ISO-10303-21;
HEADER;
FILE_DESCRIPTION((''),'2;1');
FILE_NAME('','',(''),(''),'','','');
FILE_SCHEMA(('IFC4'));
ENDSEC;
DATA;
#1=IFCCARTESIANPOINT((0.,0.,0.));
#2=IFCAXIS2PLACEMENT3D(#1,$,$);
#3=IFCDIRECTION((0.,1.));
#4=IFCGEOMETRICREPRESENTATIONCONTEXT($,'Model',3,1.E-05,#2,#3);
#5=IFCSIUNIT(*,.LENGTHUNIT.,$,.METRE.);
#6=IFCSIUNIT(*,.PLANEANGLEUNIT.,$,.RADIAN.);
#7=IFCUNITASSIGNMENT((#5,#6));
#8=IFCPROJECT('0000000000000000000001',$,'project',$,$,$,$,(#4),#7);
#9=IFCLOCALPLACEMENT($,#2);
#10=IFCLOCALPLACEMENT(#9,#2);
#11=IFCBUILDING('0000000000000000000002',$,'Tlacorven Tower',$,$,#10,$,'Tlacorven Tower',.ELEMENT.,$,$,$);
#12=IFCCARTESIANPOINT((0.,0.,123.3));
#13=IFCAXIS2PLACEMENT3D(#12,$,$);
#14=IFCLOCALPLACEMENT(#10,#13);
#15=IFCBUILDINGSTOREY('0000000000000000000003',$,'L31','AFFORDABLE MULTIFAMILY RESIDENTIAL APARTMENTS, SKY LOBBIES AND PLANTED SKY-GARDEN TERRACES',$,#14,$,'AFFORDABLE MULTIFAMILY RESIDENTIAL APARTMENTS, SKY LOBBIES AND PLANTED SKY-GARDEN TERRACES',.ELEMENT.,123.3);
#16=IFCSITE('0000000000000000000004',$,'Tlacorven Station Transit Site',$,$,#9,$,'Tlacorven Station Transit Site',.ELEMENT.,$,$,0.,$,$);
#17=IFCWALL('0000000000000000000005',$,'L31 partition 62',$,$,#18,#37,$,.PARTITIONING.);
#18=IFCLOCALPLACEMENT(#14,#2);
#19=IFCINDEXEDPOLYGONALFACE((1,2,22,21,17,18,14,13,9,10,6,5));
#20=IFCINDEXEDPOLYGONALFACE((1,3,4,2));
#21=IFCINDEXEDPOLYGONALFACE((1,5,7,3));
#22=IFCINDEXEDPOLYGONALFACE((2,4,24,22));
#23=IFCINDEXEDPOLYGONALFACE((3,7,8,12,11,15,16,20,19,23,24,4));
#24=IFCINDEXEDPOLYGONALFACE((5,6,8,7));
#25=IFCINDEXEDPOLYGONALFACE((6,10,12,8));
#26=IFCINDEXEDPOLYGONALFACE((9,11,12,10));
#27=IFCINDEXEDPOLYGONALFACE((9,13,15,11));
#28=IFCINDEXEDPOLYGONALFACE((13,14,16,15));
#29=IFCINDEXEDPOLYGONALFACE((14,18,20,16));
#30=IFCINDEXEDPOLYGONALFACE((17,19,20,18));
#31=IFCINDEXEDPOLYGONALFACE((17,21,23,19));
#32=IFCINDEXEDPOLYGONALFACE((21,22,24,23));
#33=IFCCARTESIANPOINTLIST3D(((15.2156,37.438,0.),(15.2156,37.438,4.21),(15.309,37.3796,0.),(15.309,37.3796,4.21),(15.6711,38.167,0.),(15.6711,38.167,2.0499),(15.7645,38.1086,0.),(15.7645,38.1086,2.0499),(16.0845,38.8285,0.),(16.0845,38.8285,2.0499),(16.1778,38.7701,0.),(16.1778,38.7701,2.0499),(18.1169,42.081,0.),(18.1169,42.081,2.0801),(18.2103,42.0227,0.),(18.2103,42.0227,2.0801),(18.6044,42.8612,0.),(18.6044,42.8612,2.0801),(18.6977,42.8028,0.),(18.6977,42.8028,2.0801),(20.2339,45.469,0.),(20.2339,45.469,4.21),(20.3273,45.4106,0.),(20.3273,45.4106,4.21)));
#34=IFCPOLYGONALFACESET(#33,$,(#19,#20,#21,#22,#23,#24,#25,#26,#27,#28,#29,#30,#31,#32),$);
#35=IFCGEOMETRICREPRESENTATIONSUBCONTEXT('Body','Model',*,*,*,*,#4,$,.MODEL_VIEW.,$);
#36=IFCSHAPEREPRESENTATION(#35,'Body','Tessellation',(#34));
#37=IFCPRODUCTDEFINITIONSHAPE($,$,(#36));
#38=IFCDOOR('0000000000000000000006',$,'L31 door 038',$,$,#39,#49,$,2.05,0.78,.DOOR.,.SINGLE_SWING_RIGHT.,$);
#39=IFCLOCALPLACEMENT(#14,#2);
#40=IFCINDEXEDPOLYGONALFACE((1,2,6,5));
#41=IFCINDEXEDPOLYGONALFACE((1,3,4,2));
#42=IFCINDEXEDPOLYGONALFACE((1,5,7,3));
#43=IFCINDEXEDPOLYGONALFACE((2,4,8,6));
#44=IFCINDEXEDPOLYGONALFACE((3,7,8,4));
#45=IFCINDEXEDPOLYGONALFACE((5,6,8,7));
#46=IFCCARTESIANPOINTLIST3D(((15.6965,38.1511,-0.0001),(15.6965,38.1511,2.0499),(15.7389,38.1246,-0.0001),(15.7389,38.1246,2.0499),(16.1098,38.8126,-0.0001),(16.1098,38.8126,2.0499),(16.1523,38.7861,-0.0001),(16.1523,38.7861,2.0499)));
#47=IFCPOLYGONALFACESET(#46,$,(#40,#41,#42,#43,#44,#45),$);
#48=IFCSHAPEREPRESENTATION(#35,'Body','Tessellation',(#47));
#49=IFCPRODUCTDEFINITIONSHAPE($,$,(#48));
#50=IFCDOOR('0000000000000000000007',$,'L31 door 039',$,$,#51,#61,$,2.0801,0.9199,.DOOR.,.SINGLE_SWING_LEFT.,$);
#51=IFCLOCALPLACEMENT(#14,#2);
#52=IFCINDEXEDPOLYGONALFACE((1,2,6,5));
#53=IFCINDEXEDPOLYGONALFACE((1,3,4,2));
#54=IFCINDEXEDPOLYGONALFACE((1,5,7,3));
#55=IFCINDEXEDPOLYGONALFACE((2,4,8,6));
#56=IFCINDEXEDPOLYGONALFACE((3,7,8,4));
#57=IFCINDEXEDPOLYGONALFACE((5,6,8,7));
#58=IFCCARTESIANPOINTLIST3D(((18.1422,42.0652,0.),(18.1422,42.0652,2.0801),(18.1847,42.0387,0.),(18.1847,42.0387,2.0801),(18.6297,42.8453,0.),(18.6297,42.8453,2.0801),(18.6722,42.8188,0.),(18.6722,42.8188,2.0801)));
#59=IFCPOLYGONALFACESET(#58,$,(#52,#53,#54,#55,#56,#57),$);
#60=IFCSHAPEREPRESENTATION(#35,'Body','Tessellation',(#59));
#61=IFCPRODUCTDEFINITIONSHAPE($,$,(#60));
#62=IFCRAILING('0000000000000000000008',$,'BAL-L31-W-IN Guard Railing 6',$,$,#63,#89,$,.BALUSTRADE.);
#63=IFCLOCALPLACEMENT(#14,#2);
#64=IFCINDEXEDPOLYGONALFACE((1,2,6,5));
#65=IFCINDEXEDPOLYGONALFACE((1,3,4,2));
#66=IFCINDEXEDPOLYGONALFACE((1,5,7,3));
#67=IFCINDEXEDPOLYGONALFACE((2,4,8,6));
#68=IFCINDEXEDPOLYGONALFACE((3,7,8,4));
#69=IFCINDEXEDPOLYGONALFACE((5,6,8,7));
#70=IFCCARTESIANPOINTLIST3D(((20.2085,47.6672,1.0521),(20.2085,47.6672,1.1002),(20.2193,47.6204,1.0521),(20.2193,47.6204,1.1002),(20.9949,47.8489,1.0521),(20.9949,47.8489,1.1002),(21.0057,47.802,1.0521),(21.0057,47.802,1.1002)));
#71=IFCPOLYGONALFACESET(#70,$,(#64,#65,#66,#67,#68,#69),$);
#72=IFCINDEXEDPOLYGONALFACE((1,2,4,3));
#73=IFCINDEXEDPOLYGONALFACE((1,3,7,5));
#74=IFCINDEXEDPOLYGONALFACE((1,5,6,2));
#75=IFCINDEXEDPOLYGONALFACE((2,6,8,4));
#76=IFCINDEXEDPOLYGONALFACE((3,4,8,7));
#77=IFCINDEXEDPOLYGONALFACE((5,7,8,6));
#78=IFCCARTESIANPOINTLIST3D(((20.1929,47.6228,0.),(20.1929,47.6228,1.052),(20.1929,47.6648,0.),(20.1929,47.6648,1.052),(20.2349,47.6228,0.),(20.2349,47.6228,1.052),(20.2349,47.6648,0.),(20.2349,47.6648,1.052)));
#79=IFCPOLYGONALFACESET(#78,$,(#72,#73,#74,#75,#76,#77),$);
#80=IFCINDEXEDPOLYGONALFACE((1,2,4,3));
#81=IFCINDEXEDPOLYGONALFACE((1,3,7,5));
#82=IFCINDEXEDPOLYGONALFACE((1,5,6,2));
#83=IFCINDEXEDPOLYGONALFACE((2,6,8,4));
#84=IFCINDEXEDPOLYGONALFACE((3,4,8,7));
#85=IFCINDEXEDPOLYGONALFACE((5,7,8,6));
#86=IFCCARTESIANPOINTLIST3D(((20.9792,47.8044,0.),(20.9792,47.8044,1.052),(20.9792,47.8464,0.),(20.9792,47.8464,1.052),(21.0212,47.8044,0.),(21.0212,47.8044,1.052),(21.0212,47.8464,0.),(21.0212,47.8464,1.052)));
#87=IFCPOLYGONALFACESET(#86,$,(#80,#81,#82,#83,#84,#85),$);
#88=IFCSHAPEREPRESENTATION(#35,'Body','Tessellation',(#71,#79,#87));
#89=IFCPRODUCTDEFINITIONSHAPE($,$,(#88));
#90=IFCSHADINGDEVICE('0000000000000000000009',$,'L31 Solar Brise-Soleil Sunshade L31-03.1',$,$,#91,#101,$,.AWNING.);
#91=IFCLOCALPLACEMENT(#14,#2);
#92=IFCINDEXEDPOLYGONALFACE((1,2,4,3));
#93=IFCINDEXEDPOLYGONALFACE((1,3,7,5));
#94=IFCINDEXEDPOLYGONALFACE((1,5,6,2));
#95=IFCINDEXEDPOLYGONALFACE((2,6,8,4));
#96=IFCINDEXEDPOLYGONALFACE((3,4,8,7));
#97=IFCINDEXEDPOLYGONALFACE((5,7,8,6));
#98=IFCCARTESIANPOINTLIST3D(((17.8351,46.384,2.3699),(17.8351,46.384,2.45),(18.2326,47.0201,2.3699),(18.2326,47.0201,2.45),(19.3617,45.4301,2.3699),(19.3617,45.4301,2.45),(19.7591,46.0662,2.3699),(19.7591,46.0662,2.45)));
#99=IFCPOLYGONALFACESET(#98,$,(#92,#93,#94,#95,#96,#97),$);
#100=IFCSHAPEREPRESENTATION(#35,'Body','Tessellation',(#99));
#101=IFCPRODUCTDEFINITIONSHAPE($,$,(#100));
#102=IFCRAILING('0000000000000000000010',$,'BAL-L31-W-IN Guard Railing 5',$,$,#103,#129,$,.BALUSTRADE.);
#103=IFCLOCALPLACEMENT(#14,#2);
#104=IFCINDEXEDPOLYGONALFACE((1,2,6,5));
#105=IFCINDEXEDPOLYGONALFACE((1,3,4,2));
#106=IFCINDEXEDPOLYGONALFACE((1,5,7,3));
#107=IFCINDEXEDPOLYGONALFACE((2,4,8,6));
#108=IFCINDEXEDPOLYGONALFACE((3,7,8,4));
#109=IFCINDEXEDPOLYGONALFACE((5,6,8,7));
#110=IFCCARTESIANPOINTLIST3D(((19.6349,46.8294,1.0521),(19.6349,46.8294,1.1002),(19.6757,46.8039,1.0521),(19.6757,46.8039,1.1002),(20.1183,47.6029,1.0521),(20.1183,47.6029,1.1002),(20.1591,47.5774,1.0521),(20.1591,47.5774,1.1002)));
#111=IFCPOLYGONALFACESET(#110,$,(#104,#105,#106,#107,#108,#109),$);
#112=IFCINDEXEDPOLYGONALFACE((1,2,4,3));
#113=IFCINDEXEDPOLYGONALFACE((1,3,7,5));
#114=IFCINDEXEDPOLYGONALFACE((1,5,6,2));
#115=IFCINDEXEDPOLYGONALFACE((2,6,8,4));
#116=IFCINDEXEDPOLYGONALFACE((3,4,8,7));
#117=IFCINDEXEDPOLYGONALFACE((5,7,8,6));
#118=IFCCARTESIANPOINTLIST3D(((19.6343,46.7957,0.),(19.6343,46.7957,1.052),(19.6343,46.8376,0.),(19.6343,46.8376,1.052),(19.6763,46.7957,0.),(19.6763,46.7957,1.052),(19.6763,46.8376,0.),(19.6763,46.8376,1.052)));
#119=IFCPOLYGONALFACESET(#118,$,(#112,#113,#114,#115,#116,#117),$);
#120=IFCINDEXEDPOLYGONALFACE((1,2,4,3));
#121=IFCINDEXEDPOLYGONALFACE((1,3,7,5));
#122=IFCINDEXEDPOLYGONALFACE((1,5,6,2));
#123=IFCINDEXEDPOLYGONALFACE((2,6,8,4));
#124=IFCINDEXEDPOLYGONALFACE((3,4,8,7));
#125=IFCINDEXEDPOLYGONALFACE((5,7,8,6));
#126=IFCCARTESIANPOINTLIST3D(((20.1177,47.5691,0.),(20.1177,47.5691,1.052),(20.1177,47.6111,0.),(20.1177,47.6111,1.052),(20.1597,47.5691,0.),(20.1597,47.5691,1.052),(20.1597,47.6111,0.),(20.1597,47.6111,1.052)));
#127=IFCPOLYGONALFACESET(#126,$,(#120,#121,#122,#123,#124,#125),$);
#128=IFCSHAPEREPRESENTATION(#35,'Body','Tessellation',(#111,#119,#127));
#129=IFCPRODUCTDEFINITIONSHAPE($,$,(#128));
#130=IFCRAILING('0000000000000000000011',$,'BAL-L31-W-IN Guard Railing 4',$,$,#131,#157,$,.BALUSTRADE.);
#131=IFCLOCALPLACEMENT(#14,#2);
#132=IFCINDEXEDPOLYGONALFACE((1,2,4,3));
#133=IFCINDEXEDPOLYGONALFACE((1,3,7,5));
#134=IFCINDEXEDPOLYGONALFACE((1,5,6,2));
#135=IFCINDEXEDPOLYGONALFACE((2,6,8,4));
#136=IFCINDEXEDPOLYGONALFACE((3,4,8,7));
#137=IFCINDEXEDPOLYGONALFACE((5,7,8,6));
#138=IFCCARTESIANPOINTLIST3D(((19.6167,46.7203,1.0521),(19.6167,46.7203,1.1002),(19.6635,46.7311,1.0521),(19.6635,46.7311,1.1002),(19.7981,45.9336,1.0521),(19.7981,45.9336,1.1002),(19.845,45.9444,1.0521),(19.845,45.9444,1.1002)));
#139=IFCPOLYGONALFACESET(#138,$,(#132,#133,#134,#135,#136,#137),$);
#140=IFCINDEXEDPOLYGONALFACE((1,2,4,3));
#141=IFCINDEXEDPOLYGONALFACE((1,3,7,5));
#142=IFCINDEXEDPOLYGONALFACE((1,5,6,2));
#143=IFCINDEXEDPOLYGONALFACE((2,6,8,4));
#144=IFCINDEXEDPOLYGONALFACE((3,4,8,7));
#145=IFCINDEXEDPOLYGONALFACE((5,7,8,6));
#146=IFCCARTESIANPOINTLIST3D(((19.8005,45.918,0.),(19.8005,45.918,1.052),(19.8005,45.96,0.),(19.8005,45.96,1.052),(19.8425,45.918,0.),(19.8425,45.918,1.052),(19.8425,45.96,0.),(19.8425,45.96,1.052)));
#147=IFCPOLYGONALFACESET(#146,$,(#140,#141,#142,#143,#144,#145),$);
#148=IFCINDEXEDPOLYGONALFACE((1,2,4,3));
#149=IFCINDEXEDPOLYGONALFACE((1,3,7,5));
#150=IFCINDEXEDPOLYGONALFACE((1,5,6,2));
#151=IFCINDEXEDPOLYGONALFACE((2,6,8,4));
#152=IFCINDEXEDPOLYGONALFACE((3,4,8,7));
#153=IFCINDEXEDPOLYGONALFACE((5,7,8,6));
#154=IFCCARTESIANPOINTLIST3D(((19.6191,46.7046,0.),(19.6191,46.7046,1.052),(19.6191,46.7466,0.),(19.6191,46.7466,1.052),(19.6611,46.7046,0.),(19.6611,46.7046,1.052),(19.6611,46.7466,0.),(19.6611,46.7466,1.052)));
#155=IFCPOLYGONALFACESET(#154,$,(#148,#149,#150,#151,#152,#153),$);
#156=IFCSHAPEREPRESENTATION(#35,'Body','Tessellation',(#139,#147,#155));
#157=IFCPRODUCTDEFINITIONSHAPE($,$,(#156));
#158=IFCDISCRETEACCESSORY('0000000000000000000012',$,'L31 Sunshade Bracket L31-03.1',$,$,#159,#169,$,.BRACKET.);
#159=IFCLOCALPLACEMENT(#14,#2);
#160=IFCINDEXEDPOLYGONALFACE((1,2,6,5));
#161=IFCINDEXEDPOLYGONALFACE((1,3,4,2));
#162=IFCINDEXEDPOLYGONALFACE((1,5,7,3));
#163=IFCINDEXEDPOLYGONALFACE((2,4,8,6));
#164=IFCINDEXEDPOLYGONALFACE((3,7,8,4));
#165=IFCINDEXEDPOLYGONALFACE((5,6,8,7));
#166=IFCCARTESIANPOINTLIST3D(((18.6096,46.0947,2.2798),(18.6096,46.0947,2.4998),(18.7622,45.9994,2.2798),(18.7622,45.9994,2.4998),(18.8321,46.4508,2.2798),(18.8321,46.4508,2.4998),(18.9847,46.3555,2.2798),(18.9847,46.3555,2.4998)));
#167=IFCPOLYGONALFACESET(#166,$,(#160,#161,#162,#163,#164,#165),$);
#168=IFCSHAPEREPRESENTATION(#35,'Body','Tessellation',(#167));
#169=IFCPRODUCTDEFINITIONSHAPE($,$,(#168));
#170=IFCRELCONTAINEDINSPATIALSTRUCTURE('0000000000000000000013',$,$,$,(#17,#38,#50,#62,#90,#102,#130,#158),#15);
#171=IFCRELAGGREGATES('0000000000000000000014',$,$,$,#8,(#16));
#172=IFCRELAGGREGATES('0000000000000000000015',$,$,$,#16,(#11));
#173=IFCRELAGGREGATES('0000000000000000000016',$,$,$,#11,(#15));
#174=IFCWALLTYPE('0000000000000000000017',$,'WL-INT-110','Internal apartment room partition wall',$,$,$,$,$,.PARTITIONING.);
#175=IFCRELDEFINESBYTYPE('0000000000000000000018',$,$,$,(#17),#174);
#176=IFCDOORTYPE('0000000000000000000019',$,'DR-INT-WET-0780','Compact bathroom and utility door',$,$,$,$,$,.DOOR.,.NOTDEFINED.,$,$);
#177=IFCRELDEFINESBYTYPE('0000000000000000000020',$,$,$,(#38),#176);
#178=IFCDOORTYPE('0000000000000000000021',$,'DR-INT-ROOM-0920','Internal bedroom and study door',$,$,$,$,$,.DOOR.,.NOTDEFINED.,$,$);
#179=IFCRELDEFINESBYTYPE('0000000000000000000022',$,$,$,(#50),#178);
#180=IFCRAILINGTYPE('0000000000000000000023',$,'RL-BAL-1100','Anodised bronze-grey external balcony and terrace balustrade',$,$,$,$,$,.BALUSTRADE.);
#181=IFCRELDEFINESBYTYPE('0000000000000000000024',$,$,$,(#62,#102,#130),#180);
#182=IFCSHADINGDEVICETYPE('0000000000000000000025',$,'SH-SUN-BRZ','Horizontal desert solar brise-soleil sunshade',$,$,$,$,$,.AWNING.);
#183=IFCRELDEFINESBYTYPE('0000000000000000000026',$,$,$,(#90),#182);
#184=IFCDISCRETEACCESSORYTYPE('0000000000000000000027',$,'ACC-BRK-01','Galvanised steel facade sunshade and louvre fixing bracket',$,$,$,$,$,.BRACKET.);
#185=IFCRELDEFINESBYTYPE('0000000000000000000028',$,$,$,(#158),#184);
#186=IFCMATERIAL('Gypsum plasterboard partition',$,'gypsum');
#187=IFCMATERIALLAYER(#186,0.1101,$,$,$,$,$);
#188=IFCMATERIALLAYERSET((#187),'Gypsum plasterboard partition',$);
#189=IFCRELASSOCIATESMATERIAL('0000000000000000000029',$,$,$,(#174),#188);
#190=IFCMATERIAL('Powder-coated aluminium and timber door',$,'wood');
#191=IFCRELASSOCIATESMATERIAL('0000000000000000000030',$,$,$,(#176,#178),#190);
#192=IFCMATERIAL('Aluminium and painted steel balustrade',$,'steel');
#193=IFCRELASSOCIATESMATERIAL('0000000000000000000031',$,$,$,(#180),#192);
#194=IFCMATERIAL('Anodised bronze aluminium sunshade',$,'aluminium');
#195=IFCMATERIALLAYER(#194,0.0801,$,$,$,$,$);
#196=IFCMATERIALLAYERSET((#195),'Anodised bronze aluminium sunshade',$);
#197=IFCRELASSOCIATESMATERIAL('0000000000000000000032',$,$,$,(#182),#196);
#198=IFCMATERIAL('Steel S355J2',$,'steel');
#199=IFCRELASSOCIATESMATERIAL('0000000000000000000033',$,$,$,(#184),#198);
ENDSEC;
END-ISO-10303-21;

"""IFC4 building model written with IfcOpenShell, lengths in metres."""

from ifc_helpers import new_model, si_unit, direction, frame, frame_2d, origin, origin_2d, place, context, subcontext, project, spatial, rectangle, extrude, source, transform, mapped, material, layer, layer_set, type_object, element, fill, save


model = new_model("IFC4")

# Units and contexts
model_context = context("Model", 3, precision=1e-05, world=origin(), true_north=direction((0.0, 1.0)))
body_context = subcontext(model_context, "Body", "Model", "MODEL_VIEW")
ifc_project = project(units=[si_unit("LENGTHUNIT", "METRE"), si_unit("PLANEANGLEUNIT", "RADIAN")], contexts=[model_context])

# Site, building, storey
site_placement = place(None, origin())
site = spatial("IfcSite", under=ifc_project, at=site_placement, Name="Tlacorven Station Transit Site", LongName="Tlacorven Station Transit Site", CompositionType="ELEMENT", RefElevation=0.0)
building_placement = place(site_placement, origin())
building = spatial("IfcBuilding", under=site, at=building_placement, Name="Tlacorven Tower", LongName="Tlacorven Tower", CompositionType="ELEMENT")
storey_placement = place(building_placement, frame((0.0, 0.0, 123.3)))
storey = spatial("IfcBuildingStorey", under=building, at=storey_placement, Name="L31", Description="AFFORDABLE MULTIFAMILY RESIDENTIAL APARTMENTS, SKY LOBBIES AND PLANTED SKY-GARDEN TERRACES", LongName="AFFORDABLE MULTIFAMILY RESIDENTIAL APARTMENTS, SKY LOBBIES AND PLANTED SKY-GARDEN TERRACES", CompositionType="ELEMENT", Elevation=123.3)

# Shared definitions
ifc_material_1 = material(Name="Steel S355J2", Category="steel")

# Shared definitions
ifc_material_2 = material(Name="Powder-coated aluminium and timber door", Category="wood")

# Wall, openings, doors
ifc_material_3 = material(Name="Gypsum plasterboard partition", Category="gypsum")
ifc_layer_1 = layer(ifc_material_3, 0.1101)
ifc_layer_set_1 = layer_set([ifc_layer_1], Name="Gypsum plasterboard partition")
wall_type_1 = type_object("IfcWallType", Name="WL-INT-110", Description="Internal apartment room partition wall", PredefinedType="PARTITIONING", material=ifc_layer_set_1)
wall_1_placement = place(storey_placement, frame((20.2805, 45.4397, 0.0), z_axis=(0.0, 0.0, 1.0), x_axis=(-0.529918, -0.848049, 0.0)))
wall_1 = element("IfcWall", 1, at=wall_1_placement, inside=storey, type_object=wall_type_1, Name="L31 partition 62", PredefinedType="PARTITIONING", context=body_context, shape_type="SweptSolid", body=[
    extrude(rectangle(XDim=9.47, YDim=0.1101, at=frame_2d((4.7349, 0.0))), origin(), (0.0, 0.0, 1.0), 4.21),
])
opening_1_placement = place(wall_1_placement, frame((7.8301, 0.0, 0.0)))
opening_1 = element("IfcOpeningElement", 2, at=opening_1_placement, cuts=wall_1, PredefinedType="OPENING", context=body_context, shape_type="SweptSolid", body=[
    extrude(rectangle(XDim=0.78, YDim=2.05, at=frame_2d((0.3901, 1.0249))), frame((0.0, 0.0649, 0.0), z_axis=(0.0, -1.0, 0.0), x_axis=(1.0, 0.0, 0.0)), (0.0, 0.0, 1.0), 0.1301),
])
opening_2_placement = place(wall_1_placement, frame((3.075, 0.0, 0.0)))
opening_2 = element("IfcOpeningElement", 3, at=opening_2_placement, cuts=wall_1, PredefinedType="OPENING", context=body_context, shape_type="SweptSolid", body=[
    extrude(rectangle(XDim=0.9199, YDim=2.0801, at=frame_2d((0.46, 1.04))), frame((0.0, 0.0649, 0.0), z_axis=(0.0, -1.0, 0.0), x_axis=(1.0, 0.0, 0.0)), (0.0, 0.0, 1.0), 0.1301),
])
door_type_1 = type_object("IfcDoorType", Name="DR-INT-WET-0780", Description="Compact bathroom and utility door", OperationType="NOTDEFINED", PredefinedType="DOOR", material=ifc_material_2)
shared_shape_1 = source(origin(), body_context, "Body", "SweptSolid", [
    extrude(rectangle(XDim=0.78, YDim=2.05, at=frame_2d((0.3901, 1.0249))), frame((0.0, 0.0249, 0.0), z_axis=(0.0, -1.0, 0.0), x_axis=(1.0, 0.0, 0.0)), (0.0, 0.0, 1.0), 0.05),
])
door_1_placement = place(opening_1_placement, origin())
door_1 = element("IfcDoor", 4, at=door_1_placement, inside=storey, type_object=door_type_1, Name="L31 door 038", OperationType="SINGLE_SWING_RIGHT", OverallHeight=2.05, OverallWidth=0.78, PredefinedType="DOOR", context=body_context, shape_type="MappedRepresentation", body=[
    mapped(shared_shape_1, transform((0.0, 0.0, 0.0), scale=1.0)),
])
fill(opening_1, door_1)
door_type_2 = type_object("IfcDoorType", Name="DR-INT-ROOM-0920", Description="Internal bedroom and study door", OperationType="NOTDEFINED", PredefinedType="DOOR", material=ifc_material_2)
shared_shape_2 = source(origin(), body_context, "Body", "SweptSolid", [
    extrude(rectangle(XDim=0.9199, YDim=2.0801, at=frame_2d((0.46, 1.04))), frame((0.0, 0.0249, 0.0), z_axis=(0.0, -1.0, 0.0), x_axis=(1.0, 0.0, 0.0)), (0.0, 0.0, 1.0), 0.05),
])
door_2_placement = place(opening_2_placement, origin())
door_2 = element("IfcDoor", 5, at=door_2_placement, inside=storey, type_object=door_type_2, Name="L31 door 039", OperationType="SINGLE_SWING_LEFT", OverallHeight=2.0801, OverallWidth=0.9199, PredefinedType="DOOR", context=body_context, shape_type="MappedRepresentation", body=[
    mapped(shared_shape_2, transform((0.0, 0.0, 0.0), scale=1.0)),
])
fill(opening_2, door_2)

# Railing
ifc_material_4 = material(Name="Aluminium and painted steel balustrade", Category="steel")
railing_type = type_object("IfcRailingType", Name="RL-BAL-1100", Description="Anodised bronze-grey external balcony and terrace balustrade", PredefinedType="BALUSTRADE", material=ifc_material_4)
shared_shape_3 = source(origin(), body_context, "Body", "SweptSolid", [
    extrude(rectangle(XDim=0.0481, YDim=0.0481, at=origin_2d()), frame((0.0, 0.0, 1.0762), z_axis=(0.974345, 0.225058, 0.0), x_axis=(-0.225058, 0.974345, 0.0)), (0.0, 0.0, 1.0), 0.8071),
    extrude(rectangle(XDim=0.042, YDim=0.042, at=origin_2d()), origin(), (0.0, 0.0, 1.0), 1.052),
    extrude(rectangle(XDim=0.042, YDim=0.042, at=origin_2d()), frame((0.7864, 0.1816, 0.0)), (0.0, 0.0, 1.0), 1.052),
])
railing_1_placement = place(storey_placement, frame((20.2139, 47.6438, 0.0)))
element("IfcRailing", 6, at=railing_1_placement, inside=storey, type_object=railing_type, Name="BAL-L31-W-IN Guard Railing 6", PredefinedType="BALUSTRADE", context=body_context, shape_type="MappedRepresentation", body=[
    mapped(shared_shape_3, transform((0.0, 0.0, 0.0), scale=1.0)),
])

# Shading device
ifc_material_5 = material(Name="Anodised bronze aluminium sunshade", Category="aluminium")
ifc_layer_2 = layer(ifc_material_5, 0.0801)
ifc_layer_set_2 = layer_set([ifc_layer_2], Name="Anodised bronze aluminium sunshade")
shading_device_type = type_object("IfcShadingDeviceType", Name="SH-SUN-BRZ", Description="Horizontal desert solar brise-soleil sunshade", PredefinedType="AWNING", material=ifc_layer_set_2)
shared_shape_4 = source(origin(), body_context, "Body", "SweptSolid", [
    extrude(rectangle(XDim=1.8, YDim=0.75, at=origin_2d()), origin(), (0.0, 0.0, 1.0), 0.0801),
])
shading_device_placement = place(storey_placement, frame((18.7971, 46.2251, 2.3699), z_axis=(0.0, 0.0, 1.0), x_axis=(0.848048, -0.529919, 0.0)))
element("IfcShadingDevice", 7, at=shading_device_placement, inside=storey, type_object=shading_device_type, Name="L31 Solar Brise-Soleil Sunshade L31-03.1", PredefinedType="AWNING", context=body_context, shape_type="MappedRepresentation", body=[
    mapped(shared_shape_4, transform((0.0, 0.0, 0.0), scale=1.0)),
])

# Railings
shared_shape_5 = source(origin(), body_context, "Body", "SweptSolid", [
    extrude(rectangle(XDim=0.0481, YDim=0.0481, at=origin_2d()), frame((0.0, 0.0, 1.0762), z_axis=(0.529999, 0.847998, 0.0), x_axis=(-0.847998, 0.529999, 0.0)), (0.0, 0.0, 1.0), 0.9121),
    extrude(rectangle(XDim=0.042, YDim=0.042, at=origin_2d()), origin(), (0.0, 0.0, 1.0), 1.052),
    extrude(rectangle(XDim=0.042, YDim=0.042, at=origin_2d()), frame((0.4834, 0.7734, 0.0)), (0.0, 0.0, 1.0), 1.052),
])
railing_2_placement = place(storey_placement, frame((19.6553, 46.8167, 0.0)))
element("IfcRailing", 8, at=railing_2_placement, inside=storey, type_object=railing_type, Name="BAL-L31-W-IN Guard Railing 5", PredefinedType="BALUSTRADE", context=body_context, shape_type="MappedRepresentation", body=[
    mapped(shared_shape_5, transform((0.0, 0.0, 0.0), scale=1.0)),
])
shared_shape_6 = source(origin(), body_context, "Body", "SweptSolid", [
    extrude(rectangle(XDim=0.0481, YDim=0.0481, at=origin_2d()), frame((0.0, 0.0, 1.0762), z_axis=(-0.224705, 0.974427, 0.0), x_axis=(-0.974427, -0.224705, 0.0)), (0.0, 0.0, 1.0), 0.8074),
    extrude(rectangle(XDim=0.042, YDim=0.042, at=origin_2d()), origin(), (0.0, 0.0, 1.0), 1.052),
    extrude(rectangle(XDim=0.042, YDim=0.042, at=origin_2d()), frame((-0.1814, 0.7866, 0.0)), (0.0, 0.0, 1.0), 1.052),
])
railing_3_placement = place(storey_placement, frame((19.8215, 45.939, 0.0)))
element("IfcRailing", 9, at=railing_3_placement, inside=storey, type_object=railing_type, Name="BAL-L31-W-IN Guard Railing 4", PredefinedType="BALUSTRADE", context=body_context, shape_type="MappedRepresentation", body=[
    mapped(shared_shape_6, transform((0.0, 0.0, 0.0), scale=1.0)),
])

# Discrete accessory
discrete_accessory_type = type_object("IfcDiscreteAccessoryType", Name="ACC-BRK-01", Description="Galvanised steel facade sunshade and louvre fixing bracket", PredefinedType="BRACKET", material=ifc_material_1)
shared_shape_7 = source(origin(), body_context, "Body", "SweptSolid", [
    extrude(rectangle(XDim=0.1799, YDim=0.4199, at=origin_2d()), origin(), (0.0, 0.0, 1.0), 0.22),
])
discrete_accessory_placement = place(storey_placement, frame((18.7971, 46.2251, 2.2798), z_axis=(0.0, 0.0, 1.0), x_axis=(0.848048, -0.529919, 0.0)))
element("IfcDiscreteAccessory", 10, at=discrete_accessory_placement, inside=storey, type_object=discrete_accessory_type, Name="L31 Sunshade Bracket L31-03.1", PredefinedType="BRACKET", context=body_context, shape_type="MappedRepresentation", body=[
    mapped(shared_shape_7, transform((0.0, 0.0, 0.0), scale=1.0)),
])

save(model, "model.ifc")
